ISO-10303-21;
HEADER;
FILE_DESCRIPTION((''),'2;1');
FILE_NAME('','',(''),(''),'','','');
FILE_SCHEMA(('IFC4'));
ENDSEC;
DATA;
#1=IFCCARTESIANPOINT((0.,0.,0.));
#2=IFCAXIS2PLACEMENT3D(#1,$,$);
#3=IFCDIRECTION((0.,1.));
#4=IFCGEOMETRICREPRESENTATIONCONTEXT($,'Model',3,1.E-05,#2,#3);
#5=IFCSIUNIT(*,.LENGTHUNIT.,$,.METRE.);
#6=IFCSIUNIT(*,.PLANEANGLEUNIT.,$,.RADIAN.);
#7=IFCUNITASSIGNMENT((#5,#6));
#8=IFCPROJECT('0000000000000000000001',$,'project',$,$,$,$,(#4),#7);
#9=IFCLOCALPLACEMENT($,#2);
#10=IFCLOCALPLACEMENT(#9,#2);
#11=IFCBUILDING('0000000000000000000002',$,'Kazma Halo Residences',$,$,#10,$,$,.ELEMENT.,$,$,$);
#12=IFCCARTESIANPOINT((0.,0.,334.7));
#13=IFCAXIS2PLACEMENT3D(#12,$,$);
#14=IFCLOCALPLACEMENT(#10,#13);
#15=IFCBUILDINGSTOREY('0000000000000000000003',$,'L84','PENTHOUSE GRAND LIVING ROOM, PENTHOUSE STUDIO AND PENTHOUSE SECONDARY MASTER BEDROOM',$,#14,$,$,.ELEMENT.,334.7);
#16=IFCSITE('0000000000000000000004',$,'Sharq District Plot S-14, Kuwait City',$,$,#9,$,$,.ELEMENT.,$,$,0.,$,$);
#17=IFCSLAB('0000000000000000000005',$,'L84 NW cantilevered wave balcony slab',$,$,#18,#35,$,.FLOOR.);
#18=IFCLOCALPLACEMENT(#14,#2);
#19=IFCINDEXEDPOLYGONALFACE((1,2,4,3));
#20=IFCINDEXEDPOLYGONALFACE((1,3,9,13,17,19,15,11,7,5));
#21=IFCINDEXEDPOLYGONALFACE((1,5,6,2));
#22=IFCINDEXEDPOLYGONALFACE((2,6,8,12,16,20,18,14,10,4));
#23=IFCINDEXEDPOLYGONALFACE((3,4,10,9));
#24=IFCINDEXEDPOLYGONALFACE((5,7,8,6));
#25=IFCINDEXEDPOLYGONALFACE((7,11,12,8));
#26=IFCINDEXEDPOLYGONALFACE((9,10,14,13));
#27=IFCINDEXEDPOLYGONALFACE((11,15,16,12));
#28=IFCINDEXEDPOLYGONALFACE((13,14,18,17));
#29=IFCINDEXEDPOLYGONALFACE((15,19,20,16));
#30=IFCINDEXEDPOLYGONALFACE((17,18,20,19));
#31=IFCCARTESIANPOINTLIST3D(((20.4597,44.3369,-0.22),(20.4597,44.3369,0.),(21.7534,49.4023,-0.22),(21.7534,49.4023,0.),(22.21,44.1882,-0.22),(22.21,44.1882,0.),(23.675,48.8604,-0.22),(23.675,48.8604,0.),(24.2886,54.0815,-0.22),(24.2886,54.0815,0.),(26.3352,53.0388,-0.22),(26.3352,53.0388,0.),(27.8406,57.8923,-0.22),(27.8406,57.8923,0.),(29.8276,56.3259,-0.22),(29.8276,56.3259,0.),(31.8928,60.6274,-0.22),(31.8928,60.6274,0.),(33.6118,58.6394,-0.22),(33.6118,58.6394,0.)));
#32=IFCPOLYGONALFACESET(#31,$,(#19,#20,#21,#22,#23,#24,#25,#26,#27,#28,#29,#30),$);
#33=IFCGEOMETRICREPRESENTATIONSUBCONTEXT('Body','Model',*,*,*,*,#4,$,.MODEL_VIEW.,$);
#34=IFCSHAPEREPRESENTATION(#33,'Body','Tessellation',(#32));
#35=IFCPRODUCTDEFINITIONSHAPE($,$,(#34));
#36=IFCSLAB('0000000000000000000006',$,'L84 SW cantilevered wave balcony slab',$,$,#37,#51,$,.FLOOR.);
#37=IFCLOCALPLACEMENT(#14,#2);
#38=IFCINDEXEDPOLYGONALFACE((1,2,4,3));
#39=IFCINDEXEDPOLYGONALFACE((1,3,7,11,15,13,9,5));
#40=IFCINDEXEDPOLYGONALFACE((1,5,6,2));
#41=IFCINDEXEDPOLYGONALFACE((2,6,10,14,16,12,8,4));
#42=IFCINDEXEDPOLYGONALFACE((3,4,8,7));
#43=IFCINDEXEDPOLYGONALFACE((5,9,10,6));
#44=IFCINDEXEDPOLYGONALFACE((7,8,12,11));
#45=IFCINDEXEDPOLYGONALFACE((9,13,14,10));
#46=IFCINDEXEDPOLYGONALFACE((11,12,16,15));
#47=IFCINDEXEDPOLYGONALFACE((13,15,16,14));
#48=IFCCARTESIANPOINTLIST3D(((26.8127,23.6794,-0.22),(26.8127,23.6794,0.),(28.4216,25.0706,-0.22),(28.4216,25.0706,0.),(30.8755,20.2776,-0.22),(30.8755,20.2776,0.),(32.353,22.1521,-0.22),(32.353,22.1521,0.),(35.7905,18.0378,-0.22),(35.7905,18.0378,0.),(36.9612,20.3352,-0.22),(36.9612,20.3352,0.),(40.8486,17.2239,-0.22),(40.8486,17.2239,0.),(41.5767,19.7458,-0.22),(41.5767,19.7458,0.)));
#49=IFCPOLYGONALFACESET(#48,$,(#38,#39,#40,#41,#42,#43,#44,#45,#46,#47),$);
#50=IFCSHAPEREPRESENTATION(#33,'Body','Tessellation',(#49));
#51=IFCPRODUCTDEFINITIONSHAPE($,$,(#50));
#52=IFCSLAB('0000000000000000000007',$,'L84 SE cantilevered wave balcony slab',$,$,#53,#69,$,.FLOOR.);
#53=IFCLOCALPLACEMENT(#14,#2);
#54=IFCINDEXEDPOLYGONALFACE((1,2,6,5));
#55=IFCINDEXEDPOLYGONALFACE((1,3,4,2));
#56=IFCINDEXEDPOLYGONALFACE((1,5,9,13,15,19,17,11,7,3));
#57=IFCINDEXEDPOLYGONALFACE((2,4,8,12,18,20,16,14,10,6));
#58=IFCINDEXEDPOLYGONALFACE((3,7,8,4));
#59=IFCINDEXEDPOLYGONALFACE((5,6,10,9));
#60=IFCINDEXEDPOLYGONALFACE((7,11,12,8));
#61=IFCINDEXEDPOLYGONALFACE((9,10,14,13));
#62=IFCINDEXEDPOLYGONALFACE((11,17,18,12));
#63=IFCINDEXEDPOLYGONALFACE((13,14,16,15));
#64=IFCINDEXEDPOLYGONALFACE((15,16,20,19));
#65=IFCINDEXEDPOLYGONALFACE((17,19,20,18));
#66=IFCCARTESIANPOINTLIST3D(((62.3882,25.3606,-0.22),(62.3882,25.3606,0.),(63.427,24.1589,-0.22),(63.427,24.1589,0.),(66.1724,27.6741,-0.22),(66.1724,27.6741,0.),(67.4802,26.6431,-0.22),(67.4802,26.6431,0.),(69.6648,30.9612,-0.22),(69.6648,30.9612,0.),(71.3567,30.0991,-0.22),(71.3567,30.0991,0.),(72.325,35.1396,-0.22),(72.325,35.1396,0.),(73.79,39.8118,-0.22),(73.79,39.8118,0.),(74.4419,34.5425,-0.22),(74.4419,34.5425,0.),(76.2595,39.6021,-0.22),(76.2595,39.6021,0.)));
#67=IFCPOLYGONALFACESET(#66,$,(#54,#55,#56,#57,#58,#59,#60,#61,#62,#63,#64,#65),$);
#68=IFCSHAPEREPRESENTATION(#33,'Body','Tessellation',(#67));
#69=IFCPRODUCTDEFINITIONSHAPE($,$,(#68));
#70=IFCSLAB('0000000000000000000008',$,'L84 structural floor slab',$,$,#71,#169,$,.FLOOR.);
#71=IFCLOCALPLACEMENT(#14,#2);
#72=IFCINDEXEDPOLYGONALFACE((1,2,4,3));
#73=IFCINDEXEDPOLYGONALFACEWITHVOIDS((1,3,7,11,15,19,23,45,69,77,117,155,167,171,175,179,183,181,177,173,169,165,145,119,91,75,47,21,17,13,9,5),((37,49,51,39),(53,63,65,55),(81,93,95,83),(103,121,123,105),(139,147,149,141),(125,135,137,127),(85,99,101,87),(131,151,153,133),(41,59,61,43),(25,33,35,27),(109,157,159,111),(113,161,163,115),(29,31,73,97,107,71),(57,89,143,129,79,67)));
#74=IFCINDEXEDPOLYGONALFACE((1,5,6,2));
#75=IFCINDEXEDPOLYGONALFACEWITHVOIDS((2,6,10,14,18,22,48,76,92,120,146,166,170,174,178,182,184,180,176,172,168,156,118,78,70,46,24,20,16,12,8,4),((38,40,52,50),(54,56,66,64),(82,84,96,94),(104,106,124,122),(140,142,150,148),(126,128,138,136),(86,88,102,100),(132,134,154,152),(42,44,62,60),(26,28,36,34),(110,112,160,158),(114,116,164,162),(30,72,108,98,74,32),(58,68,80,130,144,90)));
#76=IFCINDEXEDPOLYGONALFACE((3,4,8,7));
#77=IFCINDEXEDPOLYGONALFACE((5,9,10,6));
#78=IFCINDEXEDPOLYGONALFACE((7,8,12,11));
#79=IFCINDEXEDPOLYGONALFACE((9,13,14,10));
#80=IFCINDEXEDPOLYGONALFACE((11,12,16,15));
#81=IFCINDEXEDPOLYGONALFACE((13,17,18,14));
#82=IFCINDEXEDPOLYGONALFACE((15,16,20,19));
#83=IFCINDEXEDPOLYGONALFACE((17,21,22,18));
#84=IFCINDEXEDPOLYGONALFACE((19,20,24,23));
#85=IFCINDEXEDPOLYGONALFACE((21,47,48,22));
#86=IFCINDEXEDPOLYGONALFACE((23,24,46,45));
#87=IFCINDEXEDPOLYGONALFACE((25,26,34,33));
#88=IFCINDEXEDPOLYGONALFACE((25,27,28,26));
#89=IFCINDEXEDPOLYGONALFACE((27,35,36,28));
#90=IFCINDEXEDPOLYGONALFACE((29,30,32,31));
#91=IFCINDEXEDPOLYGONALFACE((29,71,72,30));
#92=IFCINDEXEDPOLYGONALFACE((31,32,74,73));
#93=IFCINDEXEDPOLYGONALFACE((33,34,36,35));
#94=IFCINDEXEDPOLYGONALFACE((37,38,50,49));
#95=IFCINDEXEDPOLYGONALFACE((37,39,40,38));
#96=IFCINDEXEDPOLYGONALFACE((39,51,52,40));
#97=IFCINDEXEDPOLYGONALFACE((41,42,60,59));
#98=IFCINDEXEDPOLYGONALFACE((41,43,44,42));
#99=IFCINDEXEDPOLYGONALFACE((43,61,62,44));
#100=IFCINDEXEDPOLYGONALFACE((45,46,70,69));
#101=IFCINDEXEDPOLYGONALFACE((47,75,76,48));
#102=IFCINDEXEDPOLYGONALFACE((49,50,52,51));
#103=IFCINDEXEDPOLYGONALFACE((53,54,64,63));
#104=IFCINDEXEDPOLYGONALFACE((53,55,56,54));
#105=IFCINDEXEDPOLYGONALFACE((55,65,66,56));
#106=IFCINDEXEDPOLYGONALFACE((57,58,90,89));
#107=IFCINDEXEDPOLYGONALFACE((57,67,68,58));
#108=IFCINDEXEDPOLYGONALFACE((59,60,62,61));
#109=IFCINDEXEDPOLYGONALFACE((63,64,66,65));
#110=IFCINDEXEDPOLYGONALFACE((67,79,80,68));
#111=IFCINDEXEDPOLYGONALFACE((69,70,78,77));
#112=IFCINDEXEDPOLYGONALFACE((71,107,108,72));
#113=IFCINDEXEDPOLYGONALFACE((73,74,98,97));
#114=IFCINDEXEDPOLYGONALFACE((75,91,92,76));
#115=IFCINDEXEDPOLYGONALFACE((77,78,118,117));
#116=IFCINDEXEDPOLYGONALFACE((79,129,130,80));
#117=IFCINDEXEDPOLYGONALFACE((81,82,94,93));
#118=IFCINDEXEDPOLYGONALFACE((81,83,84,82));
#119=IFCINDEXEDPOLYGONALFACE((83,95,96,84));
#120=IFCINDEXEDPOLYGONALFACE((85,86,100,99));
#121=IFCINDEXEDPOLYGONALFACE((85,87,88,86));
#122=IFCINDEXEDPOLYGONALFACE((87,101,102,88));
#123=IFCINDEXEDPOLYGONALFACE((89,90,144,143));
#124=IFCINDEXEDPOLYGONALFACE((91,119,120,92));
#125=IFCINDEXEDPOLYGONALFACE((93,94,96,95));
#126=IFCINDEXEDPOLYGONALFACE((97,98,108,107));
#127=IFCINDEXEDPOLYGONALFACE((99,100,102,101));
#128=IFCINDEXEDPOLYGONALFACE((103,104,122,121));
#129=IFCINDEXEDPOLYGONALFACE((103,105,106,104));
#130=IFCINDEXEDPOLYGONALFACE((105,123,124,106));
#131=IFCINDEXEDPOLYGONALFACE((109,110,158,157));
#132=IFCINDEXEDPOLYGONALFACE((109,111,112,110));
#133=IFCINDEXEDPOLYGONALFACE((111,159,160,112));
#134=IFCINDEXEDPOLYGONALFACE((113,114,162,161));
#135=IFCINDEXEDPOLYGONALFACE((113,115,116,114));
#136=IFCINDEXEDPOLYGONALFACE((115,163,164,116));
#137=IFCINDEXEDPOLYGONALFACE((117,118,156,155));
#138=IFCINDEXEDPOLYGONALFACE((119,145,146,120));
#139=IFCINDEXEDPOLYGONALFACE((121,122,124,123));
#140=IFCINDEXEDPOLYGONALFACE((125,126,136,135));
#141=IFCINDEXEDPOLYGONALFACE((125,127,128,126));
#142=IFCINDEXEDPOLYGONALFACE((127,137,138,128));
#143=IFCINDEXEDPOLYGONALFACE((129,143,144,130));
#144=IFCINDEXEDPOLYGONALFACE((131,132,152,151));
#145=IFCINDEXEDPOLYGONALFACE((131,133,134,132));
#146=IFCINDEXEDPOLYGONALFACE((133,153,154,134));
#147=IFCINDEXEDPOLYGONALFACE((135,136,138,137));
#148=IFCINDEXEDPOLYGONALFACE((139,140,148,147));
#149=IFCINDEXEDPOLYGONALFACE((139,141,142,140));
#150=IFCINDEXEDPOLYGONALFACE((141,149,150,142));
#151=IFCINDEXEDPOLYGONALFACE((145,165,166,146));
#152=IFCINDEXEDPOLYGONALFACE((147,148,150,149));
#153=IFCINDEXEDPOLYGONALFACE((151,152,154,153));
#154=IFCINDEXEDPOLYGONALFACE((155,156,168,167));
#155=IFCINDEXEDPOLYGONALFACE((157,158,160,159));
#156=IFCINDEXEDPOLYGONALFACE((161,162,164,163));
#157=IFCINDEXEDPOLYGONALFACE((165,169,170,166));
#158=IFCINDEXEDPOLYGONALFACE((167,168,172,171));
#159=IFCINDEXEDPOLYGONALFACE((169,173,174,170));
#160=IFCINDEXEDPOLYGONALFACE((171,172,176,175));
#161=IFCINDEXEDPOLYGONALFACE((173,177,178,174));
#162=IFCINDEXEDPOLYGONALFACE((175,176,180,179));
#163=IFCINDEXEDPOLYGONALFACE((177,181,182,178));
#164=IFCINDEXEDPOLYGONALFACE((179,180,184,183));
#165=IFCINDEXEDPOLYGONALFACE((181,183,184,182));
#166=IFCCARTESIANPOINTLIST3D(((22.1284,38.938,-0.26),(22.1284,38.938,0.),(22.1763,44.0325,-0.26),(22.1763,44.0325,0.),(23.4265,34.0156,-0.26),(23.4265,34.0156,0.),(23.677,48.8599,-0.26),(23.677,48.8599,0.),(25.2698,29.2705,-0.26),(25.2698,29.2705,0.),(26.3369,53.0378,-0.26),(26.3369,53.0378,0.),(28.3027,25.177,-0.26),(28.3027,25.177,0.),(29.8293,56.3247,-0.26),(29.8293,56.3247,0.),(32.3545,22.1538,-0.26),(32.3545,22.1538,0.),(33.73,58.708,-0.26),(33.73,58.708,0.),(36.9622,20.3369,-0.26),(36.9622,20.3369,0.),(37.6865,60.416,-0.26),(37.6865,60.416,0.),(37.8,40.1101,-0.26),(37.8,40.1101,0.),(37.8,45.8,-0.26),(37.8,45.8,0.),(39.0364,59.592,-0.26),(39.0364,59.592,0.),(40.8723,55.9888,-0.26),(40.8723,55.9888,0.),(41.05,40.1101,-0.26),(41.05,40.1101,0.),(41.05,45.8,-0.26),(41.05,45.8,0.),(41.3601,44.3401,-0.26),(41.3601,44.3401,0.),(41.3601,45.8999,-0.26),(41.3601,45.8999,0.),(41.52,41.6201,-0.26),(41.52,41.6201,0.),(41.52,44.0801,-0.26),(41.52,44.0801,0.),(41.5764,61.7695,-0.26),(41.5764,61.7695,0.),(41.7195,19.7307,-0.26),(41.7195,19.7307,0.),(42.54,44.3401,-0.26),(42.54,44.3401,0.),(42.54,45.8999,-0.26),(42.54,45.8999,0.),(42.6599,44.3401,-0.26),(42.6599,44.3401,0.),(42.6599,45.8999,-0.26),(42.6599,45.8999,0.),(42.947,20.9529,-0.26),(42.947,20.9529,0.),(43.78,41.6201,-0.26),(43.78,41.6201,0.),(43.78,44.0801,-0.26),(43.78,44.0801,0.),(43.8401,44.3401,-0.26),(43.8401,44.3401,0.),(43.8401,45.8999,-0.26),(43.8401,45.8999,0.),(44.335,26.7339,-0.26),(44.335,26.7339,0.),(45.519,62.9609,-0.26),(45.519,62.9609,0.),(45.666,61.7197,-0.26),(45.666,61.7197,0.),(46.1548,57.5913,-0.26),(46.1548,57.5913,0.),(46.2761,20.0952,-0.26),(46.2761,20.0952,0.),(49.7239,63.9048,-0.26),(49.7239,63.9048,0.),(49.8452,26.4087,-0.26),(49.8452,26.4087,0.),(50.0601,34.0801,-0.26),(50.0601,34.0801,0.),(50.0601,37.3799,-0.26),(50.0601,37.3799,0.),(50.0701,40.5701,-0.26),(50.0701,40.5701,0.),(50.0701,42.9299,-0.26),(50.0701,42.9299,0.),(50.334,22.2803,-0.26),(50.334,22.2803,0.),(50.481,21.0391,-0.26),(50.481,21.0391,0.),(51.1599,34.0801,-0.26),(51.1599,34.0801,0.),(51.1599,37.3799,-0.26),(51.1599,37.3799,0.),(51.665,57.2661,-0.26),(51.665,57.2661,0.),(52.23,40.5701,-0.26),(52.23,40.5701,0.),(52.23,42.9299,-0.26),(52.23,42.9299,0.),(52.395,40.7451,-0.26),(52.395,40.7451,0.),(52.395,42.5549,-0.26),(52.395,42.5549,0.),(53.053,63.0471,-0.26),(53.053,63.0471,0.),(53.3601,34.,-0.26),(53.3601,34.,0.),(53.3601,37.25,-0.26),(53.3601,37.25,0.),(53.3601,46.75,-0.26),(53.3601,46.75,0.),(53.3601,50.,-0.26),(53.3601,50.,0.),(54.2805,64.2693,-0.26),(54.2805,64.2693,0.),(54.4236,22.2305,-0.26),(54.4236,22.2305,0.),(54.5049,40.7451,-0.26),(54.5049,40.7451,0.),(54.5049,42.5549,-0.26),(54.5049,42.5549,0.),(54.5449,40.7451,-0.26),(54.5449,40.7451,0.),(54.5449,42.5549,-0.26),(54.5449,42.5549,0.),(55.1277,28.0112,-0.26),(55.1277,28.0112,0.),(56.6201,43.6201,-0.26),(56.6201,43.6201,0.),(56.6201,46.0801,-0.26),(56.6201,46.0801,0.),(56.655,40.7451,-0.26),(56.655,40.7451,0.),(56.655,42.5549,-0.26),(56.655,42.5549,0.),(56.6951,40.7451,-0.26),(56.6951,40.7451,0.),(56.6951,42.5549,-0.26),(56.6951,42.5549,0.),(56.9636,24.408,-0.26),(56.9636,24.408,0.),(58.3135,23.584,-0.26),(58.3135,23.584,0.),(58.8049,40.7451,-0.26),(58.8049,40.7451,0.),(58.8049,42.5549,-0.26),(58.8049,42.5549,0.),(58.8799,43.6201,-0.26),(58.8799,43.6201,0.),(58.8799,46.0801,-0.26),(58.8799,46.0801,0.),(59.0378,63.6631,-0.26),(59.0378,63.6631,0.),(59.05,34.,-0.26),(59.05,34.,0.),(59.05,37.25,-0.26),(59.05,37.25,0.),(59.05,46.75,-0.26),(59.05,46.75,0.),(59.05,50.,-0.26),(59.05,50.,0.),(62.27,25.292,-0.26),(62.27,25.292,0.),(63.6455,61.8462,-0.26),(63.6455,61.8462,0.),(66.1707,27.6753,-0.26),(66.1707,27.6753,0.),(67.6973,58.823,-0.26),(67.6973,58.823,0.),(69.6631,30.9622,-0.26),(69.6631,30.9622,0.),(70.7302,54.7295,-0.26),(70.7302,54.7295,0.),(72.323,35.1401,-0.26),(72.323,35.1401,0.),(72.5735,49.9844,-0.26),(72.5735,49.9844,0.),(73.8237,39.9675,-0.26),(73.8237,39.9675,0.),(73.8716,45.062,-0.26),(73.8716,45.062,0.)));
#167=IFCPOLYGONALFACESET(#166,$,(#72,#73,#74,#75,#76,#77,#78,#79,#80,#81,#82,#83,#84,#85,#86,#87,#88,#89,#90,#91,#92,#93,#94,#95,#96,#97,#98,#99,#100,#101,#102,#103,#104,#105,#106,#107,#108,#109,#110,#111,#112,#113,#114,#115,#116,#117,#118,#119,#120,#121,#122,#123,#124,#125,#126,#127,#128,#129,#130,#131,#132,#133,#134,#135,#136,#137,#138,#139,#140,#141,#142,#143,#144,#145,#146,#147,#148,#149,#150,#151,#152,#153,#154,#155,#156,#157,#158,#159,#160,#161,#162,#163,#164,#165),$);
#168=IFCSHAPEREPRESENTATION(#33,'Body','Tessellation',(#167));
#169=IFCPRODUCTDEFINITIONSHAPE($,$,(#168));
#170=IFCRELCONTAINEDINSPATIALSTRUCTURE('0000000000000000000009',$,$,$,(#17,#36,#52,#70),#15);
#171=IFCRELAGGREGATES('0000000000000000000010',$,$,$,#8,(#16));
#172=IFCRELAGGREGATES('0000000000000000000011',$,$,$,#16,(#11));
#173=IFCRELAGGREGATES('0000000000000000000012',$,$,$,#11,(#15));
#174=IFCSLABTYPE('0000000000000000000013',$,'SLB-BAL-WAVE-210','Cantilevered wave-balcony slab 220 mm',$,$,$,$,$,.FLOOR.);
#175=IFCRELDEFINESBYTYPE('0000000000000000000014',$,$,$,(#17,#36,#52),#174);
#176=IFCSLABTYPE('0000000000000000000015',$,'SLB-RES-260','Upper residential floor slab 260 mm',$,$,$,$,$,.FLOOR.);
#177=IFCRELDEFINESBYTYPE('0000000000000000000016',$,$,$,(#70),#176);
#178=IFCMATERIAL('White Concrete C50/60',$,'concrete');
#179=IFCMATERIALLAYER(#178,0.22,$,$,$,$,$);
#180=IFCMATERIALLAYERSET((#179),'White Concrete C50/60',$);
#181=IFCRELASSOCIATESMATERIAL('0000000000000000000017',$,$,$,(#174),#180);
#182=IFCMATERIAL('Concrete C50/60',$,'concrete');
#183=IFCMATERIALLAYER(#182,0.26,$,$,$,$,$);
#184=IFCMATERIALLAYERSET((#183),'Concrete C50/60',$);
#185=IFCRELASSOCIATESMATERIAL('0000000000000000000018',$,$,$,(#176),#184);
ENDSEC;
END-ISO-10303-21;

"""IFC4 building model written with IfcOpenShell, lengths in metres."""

from ifc_helpers import new_model, si_unit, direction, frame, origin, place, context, subcontext, project, spatial, polyline, outline, extrude, material, layer, layer_set, type_object, element, save


model = new_model("IFC4")

# Units and contexts
model_context = context("Model", 3, precision=1e-05, world=origin(), true_north=direction((0.0, 1.0)))
body_context = subcontext(model_context, "Body", "Model", "MODEL_VIEW")
ifc_project = project(units=[si_unit("LENGTHUNIT", "METRE"), si_unit("PLANEANGLEUNIT", "RADIAN")], contexts=[model_context])

# Site, building, storey
site_placement = place(None, origin())
site = spatial("IfcSite", under=ifc_project, at=site_placement, Name="Sharq District Plot S-14, Kuwait City", CompositionType="ELEMENT", RefElevation=0.0)
building_placement = place(site_placement, origin())
building = spatial("IfcBuilding", under=site, at=building_placement, Name="Kazma Halo Residences", CompositionType="ELEMENT")
storey_placement = place(building_placement, frame((0.0, 0.0, 334.7)))
storey = spatial("IfcBuildingStorey", under=building, at=storey_placement, Name="L84", Description="PENTHOUSE GRAND LIVING ROOM, PENTHOUSE STUDIO AND PENTHOUSE SECONDARY MASTER BEDROOM", CompositionType="ELEMENT", Elevation=334.7)

# Slabs
ifc_material_1 = material(Name="White Concrete C50/60", Category="concrete")
ifc_layer_1 = layer(ifc_material_1, 0.22)
ifc_layer_set_1 = layer_set([ifc_layer_1], Name="White Concrete C50/60")
slab_type_1 = type_object("IfcSlabType", Name="SLB-BAL-WAVE-210", Description="Cantilevered wave-balcony slab 220 mm", PredefinedType="FLOOR", material=ifc_layer_set_1)
slab_1_placement = place(storey_placement, frame((0.0, 0.0, -0.22)))
element("IfcSlab", 1, at=slab_1_placement, inside=storey, type_object=slab_type_1, Name="L84 NW cantilevered wave balcony slab", PredefinedType="FLOOR", context=body_context, shape_type="SweptSolid", body=[
    extrude(outline(polyline([(33.6118, 58.6394), (29.8276, 56.3259), (26.3352, 53.0388), (23.675, 48.8604), (22.21, 44.1882), (20.4597, 44.3369), (21.7534, 49.4023), (24.2886, 54.0815), (27.8406, 57.8923), (31.8928, 60.6274), (33.6118, 58.6394)])), origin(), (0.0, 0.0, 1.0), 0.22),
])
slab_2_placement = place(storey_placement, frame((0.0, 0.0, -0.22)))
element("IfcSlab", 2, at=slab_2_placement, inside=storey, type_object=slab_type_1, Name="L84 SW cantilevered wave balcony slab", PredefinedType="FLOOR", context=body_context, shape_type="SweptSolid", body=[
    extrude(outline(polyline([(28.4216, 25.0706), (32.353, 22.1521), (36.9612, 20.3352), (41.5767, 19.7458), (40.8486, 17.2239), (35.7905, 18.0378), (30.8755, 20.2776), (26.8127, 23.6794), (28.4216, 25.0706)])), origin(), (0.0, 0.0, 1.0), 0.22),
])
slab_3_placement = place(storey_placement, frame((0.0, 0.0, -0.22)))
element("IfcSlab", 3, at=slab_3_placement, inside=storey, type_object=slab_type_1, Name="L84 SE cantilevered wave balcony slab", PredefinedType="FLOOR", context=body_context, shape_type="SweptSolid", body=[
    extrude(outline(polyline([(62.3882, 25.3606), (66.1724, 27.6741), (69.6648, 30.9612), (72.325, 35.1396), (73.79, 39.8118), (76.2595, 39.6021), (74.4419, 34.5425), (71.3567, 30.0991), (67.4802, 26.6431), (63.427, 24.1589), (62.3882, 25.3606)])), origin(), (0.0, 0.0, 1.0), 0.22),
])
ifc_material_2 = material(Name="Concrete C50/60", Category="concrete")
ifc_layer_2 = layer(ifc_material_2, 0.26)
ifc_layer_set_2 = layer_set([ifc_layer_2], Name="Concrete C50/60")
slab_type_2 = type_object("IfcSlabType", Name="SLB-RES-260", Description="Upper residential floor slab 260 mm", PredefinedType="FLOOR", material=ifc_layer_set_2)
slab_4_placement = place(storey_placement, frame((0.0, 0.0, -0.26)))
element("IfcSlab", 4, at=slab_4_placement, inside=storey, type_object=slab_type_2, Name="L84 structural floor slab", PredefinedType="FLOOR", context=body_context, shape_type="SweptSolid", body=[
    extrude(outline(polyline([(72.5735, 49.9844), (70.7302, 54.7295), (67.6973, 58.823), (63.6455, 61.8462), (59.0378, 63.6631), (54.2805, 64.2693), (49.7239, 63.9048), (45.519, 62.9609), (41.5764, 61.7695), (37.6865, 60.416), (33.73, 58.708), (29.8293, 56.3247), (26.3369, 53.0378), (23.677, 48.8599), (22.1763, 44.0325), (22.1284, 38.938), (23.4265, 34.0156), (25.2698, 29.2705), (28.3027, 25.177), (32.3545, 22.1538), (36.9622, 20.3369), (41.7195, 19.7307), (46.2761, 20.0952), (50.481, 21.0391), (54.4236, 22.2305), (58.3135, 23.584), (62.27, 25.292), (66.1707, 27.6753), (69.6631, 30.9622), (72.323, 35.1401), (73.8237, 39.9675), (73.8716, 45.062), (72.5735, 49.9844)]), holes=[polyline([(37.8, 40.1101), (41.05, 40.1101), (41.05, 45.8), (37.8, 45.8), (37.8, 40.1101)]), polyline([(53.3601, 46.75), (59.05, 46.75), (59.05, 50.0), (53.3601, 50.0), (53.3601, 46.75)]), polyline([(53.3601, 34.0), (59.05, 34.0), (59.05, 37.25), (53.3601, 37.25), (53.3601, 34.0)]), polyline([(41.52, 41.6201), (43.78, 41.6201), (43.78, 44.0801), (41.52, 44.0801), (41.52, 41.6201)]), polyline([(56.6201, 43.6201), (58.8799, 43.6201), (58.8799, 46.0801), (56.6201, 46.0801), (56.6201, 43.6201)]), polyline([(52.395, 40.7451), (54.5049, 40.7451), (54.5049, 42.5549), (52.395, 42.5549), (52.395, 40.7451)]), polyline([(54.5449, 40.7451), (56.655, 40.7451), (56.655, 42.5549), (54.5449, 42.5549), (54.5449, 40.7451)]), polyline([(56.6951, 40.7451), (58.8049, 40.7451), (58.8049, 42.5549), (56.6951, 42.5549), (56.6951, 40.7451)]), polyline([(50.0701, 40.5701), (52.23, 40.5701), (52.23, 42.9299), (50.0701, 42.9299), (50.0701, 40.5701)]), polyline([(41.3601, 44.3401), (42.54, 44.3401), (42.54, 45.8999), (41.3601, 45.8999), (41.3601, 44.3401)]), polyline([(42.6599, 44.3401), (43.8401, 44.3401), (43.8401, 45.8999), (42.6599, 45.8999), (42.6599, 44.3401)]), polyline([(50.0601, 34.0801), (51.1599, 34.0801), (51.1599, 37.3799), (50.0601, 37.3799), (50.0601, 34.0801)]), polyline([(51.665, 57.2661), (46.1548, 57.5913), (40.8723, 55.9888), (39.0364, 59.592), (45.666, 61.7197), (53.053, 63.0471), (51.665, 57.2661)]), polyline([(44.335, 26.7339), (49.8452, 26.4087), (55.1277, 28.0112), (56.9636, 24.408), (50.334, 22.2803), (42.947, 20.9529), (44.335, 26.7339)])]), origin(), (0.0, 0.0, 1.0), 0.26),
])

save(model, "model.ifc")
